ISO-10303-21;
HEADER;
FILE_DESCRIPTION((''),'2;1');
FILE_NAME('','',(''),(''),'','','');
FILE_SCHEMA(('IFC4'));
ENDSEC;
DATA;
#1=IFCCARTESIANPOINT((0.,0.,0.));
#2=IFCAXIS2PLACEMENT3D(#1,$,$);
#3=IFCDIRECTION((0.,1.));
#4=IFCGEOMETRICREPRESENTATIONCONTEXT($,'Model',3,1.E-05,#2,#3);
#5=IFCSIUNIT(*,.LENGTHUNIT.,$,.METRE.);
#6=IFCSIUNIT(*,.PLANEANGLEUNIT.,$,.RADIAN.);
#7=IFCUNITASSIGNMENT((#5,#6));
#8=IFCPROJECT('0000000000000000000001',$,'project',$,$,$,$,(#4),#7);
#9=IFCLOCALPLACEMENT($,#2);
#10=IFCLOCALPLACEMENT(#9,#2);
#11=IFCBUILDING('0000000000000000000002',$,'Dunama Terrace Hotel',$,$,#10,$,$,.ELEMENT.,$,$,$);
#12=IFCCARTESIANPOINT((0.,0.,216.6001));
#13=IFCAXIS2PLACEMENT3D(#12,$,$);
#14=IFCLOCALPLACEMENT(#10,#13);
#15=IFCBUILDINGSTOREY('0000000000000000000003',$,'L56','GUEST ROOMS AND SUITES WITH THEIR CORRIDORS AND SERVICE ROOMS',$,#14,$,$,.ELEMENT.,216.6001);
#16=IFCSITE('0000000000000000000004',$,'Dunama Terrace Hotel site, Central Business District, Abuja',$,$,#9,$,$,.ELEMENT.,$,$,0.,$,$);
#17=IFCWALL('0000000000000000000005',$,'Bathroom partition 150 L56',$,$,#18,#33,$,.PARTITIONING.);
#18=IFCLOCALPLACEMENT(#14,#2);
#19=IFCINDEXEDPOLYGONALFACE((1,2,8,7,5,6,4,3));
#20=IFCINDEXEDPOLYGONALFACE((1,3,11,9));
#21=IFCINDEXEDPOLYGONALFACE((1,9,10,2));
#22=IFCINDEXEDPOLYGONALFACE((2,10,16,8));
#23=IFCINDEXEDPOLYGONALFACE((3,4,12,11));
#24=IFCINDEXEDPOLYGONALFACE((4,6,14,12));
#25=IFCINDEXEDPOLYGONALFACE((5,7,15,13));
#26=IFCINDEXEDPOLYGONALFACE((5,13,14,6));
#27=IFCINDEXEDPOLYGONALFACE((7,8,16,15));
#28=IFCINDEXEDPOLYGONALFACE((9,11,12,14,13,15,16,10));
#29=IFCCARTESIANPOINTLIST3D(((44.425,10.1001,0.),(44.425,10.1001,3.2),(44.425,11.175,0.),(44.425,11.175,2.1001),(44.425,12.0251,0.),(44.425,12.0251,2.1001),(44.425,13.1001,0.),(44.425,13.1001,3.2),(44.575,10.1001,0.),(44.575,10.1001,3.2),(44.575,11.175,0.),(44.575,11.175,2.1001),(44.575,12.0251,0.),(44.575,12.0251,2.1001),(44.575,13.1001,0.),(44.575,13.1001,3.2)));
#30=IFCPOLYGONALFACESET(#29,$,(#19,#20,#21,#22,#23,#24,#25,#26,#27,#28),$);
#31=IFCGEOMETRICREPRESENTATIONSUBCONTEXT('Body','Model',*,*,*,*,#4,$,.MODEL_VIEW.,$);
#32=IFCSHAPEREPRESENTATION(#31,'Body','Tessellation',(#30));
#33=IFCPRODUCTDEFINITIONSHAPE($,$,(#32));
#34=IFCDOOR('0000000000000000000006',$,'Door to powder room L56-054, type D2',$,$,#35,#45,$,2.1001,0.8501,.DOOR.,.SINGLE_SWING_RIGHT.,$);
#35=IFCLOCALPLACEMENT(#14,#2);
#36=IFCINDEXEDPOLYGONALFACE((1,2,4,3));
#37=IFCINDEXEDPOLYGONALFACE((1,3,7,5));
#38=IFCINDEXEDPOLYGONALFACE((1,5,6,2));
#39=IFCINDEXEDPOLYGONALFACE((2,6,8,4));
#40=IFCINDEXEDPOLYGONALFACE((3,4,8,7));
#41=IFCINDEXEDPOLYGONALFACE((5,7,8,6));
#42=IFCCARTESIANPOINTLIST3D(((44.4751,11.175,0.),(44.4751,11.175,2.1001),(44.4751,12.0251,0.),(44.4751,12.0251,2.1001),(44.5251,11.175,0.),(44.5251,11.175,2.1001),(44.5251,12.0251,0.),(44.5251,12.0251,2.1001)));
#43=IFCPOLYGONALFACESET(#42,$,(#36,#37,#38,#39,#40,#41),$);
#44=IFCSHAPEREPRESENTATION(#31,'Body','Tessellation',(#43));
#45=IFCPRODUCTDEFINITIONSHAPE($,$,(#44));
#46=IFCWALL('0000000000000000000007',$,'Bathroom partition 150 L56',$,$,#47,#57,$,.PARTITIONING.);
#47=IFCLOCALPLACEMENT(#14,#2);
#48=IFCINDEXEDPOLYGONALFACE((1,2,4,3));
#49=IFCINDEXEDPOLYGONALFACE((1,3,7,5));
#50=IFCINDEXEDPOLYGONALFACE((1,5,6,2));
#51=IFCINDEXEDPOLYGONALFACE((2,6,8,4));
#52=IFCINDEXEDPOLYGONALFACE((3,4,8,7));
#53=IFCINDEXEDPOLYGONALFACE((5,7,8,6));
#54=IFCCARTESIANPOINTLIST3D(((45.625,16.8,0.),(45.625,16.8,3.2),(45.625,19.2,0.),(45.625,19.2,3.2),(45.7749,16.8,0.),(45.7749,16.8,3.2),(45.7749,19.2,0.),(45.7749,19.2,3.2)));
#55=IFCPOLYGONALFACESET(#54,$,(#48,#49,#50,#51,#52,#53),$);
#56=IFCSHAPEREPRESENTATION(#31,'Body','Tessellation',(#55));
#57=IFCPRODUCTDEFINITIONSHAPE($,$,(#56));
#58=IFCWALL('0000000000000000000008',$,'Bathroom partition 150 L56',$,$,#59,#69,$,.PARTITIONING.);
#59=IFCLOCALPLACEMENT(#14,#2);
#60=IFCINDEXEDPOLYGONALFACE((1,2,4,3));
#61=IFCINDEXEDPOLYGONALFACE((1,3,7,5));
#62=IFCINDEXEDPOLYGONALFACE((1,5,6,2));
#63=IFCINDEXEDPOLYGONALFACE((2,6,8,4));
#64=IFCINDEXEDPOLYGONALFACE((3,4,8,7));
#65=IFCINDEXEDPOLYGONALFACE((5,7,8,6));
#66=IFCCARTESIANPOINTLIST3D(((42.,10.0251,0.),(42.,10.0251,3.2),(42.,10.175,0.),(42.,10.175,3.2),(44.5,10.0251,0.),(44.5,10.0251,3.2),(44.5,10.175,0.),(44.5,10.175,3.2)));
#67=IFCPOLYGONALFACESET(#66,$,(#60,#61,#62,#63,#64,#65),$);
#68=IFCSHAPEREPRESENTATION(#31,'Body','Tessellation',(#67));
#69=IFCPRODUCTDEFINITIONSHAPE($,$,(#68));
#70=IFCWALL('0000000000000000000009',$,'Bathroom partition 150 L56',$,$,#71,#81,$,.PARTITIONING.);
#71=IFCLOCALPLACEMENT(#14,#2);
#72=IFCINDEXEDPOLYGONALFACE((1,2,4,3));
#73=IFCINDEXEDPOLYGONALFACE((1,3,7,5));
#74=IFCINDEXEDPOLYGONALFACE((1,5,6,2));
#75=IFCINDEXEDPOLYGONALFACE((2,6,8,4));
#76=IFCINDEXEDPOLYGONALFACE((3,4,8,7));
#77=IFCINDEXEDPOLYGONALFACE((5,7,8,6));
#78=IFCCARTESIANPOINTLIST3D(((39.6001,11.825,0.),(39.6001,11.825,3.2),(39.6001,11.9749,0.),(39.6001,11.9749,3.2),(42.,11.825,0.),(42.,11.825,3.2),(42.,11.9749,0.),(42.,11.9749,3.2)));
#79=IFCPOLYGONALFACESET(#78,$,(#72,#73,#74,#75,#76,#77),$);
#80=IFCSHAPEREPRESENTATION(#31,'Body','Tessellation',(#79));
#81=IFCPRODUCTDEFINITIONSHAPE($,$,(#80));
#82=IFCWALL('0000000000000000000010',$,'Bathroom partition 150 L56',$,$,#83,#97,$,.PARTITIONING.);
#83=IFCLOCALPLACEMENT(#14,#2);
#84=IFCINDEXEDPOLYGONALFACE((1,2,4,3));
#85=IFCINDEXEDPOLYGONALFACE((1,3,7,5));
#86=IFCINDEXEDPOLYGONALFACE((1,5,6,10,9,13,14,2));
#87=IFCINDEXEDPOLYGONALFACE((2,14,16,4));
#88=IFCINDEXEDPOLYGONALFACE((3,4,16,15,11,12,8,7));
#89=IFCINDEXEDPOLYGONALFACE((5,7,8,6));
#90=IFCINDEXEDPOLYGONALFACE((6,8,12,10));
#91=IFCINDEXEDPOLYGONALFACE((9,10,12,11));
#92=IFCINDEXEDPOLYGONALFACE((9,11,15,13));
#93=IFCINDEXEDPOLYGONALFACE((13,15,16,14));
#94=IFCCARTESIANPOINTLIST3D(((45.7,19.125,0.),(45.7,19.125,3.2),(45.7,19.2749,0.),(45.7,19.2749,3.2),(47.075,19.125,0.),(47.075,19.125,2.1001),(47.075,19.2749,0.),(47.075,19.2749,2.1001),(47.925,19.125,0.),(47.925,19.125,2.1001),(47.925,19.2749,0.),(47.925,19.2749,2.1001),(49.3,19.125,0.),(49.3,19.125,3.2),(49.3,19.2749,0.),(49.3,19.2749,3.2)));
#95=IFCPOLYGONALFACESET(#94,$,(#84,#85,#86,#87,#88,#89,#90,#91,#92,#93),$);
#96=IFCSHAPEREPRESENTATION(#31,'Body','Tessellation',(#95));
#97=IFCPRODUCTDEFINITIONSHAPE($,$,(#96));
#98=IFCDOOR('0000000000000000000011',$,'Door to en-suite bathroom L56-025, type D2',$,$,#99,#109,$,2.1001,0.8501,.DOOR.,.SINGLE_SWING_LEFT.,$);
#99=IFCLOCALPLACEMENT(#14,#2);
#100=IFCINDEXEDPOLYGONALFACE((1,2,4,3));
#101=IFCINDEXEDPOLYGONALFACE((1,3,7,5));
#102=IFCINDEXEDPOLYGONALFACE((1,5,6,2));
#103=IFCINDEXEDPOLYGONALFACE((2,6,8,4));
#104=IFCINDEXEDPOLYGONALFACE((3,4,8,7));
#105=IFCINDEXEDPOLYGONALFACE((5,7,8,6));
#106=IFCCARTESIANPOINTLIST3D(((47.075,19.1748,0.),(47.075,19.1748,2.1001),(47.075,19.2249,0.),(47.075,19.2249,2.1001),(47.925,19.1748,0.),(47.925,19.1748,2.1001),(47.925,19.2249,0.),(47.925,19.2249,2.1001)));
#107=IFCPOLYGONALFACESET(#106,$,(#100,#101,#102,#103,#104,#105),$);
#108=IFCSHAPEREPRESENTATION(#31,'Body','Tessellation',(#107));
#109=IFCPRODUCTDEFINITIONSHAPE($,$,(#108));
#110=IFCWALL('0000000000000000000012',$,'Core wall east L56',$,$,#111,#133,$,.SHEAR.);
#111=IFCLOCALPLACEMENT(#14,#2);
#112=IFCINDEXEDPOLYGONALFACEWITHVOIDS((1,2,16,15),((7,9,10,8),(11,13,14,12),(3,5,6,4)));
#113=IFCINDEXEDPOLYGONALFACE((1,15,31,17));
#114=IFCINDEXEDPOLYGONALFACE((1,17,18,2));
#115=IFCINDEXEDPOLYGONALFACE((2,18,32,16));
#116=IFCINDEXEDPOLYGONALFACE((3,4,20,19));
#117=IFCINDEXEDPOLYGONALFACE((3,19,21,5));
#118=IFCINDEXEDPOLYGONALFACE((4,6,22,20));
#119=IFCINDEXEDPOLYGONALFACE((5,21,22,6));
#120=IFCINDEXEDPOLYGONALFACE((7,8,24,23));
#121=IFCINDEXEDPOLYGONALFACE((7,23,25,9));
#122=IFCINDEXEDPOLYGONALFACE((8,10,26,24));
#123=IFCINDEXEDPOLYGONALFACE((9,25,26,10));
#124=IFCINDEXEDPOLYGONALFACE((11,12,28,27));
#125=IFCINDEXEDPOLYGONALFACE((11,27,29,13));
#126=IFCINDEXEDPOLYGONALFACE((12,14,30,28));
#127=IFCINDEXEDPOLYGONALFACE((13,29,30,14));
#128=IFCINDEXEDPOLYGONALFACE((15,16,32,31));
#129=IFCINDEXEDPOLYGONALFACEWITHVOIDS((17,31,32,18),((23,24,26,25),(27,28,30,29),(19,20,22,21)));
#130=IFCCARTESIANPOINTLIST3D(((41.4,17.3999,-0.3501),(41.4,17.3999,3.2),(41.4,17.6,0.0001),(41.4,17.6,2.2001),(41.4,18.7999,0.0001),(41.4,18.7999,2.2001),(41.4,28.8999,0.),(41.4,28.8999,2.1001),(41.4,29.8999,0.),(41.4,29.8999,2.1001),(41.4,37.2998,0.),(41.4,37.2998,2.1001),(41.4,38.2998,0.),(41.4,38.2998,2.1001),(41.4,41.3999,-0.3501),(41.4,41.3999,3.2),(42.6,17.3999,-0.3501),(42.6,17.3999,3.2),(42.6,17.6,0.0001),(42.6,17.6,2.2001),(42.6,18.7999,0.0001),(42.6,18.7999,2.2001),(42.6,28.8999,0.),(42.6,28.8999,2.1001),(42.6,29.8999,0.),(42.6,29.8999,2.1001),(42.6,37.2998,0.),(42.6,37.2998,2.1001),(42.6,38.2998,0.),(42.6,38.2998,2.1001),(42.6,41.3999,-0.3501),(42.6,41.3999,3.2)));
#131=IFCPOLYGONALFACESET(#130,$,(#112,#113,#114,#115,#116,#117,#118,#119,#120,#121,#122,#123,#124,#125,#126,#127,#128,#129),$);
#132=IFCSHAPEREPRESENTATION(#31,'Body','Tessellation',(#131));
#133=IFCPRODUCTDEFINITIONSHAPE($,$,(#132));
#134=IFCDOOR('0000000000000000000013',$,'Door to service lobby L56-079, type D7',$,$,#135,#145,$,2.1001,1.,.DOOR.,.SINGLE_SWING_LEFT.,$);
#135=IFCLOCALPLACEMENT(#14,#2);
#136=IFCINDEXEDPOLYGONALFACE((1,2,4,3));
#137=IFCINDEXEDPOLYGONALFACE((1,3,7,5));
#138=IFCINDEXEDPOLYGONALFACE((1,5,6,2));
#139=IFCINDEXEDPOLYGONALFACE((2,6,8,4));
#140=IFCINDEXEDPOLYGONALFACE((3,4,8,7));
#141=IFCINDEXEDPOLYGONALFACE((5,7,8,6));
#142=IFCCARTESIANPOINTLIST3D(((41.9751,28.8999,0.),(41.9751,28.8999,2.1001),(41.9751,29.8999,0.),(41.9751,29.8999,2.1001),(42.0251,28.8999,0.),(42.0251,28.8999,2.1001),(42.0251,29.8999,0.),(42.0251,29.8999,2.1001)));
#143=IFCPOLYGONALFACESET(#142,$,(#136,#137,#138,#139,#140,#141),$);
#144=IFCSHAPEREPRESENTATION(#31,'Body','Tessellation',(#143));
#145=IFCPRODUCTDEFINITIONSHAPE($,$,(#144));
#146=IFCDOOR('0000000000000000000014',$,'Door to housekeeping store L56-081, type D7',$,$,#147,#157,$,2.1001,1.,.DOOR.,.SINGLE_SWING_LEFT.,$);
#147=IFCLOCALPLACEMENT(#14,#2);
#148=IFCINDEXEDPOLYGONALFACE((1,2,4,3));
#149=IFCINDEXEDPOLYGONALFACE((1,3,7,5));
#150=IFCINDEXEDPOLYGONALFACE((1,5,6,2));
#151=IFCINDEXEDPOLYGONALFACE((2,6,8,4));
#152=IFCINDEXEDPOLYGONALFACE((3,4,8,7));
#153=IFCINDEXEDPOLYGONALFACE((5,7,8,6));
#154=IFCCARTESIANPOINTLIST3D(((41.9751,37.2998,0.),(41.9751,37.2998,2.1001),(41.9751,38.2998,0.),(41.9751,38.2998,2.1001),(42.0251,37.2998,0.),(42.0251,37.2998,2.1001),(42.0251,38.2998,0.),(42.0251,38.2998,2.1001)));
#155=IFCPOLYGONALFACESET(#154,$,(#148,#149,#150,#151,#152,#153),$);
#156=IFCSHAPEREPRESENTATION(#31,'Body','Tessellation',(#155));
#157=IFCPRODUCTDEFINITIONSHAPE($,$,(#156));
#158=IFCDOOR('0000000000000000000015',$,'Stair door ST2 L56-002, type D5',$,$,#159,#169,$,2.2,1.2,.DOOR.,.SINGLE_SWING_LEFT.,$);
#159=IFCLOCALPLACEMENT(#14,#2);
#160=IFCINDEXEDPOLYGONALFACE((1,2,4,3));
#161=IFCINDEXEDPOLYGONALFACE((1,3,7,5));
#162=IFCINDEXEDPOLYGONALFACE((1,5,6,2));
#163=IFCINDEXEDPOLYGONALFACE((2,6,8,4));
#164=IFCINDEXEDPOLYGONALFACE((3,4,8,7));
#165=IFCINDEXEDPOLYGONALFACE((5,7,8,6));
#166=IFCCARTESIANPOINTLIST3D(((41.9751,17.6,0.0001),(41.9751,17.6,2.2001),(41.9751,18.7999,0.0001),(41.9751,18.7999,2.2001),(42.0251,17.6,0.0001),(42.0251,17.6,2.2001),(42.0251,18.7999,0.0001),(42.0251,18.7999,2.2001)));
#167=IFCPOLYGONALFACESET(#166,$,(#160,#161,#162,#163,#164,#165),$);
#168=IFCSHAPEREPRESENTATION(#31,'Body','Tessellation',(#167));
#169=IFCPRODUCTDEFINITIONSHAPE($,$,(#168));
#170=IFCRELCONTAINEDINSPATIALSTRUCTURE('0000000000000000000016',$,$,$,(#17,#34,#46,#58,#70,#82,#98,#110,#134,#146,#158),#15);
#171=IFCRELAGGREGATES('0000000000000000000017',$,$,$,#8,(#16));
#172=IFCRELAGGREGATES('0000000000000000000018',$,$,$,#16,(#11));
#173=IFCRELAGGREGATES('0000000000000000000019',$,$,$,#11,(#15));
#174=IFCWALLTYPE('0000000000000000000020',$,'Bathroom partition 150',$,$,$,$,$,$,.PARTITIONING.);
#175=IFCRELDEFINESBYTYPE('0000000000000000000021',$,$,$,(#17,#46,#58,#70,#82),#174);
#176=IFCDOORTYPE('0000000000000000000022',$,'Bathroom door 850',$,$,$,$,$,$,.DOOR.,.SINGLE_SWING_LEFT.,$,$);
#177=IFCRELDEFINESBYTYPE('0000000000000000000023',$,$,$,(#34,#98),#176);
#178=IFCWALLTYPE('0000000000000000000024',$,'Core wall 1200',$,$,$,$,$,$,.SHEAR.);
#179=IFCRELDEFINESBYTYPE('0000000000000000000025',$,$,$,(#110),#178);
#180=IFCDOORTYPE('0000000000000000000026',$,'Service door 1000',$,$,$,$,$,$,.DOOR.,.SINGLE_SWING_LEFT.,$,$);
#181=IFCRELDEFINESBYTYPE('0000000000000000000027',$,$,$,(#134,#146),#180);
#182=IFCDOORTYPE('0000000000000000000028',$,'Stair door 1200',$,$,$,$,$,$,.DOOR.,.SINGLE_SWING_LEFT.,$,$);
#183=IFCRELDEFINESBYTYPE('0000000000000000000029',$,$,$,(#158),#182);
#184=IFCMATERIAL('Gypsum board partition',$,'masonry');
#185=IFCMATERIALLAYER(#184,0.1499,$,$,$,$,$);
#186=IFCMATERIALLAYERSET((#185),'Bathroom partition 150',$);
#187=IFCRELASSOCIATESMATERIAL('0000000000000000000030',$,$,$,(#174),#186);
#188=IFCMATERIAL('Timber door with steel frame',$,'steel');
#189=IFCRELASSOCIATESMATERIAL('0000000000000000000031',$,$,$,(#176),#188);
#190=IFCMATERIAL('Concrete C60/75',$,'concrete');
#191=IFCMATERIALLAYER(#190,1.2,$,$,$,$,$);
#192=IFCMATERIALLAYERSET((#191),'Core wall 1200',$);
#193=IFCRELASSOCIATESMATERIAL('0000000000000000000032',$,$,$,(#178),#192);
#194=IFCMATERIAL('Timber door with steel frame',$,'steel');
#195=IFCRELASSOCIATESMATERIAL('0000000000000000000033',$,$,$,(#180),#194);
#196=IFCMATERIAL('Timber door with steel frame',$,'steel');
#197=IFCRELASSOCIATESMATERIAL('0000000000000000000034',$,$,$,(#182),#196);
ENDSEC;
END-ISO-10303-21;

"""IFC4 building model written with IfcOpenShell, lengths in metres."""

from ifc_helpers import new_model, si_unit, direction, frame, frame_2d, origin, place, context, subcontext, project, spatial, rectangle, extrude, material, layer, layer_set, type_object, element, fill, save


model = new_model("IFC4")

# Units and contexts
model_context = context("Model", 3, precision=1e-05, world=origin(), true_north=direction((0.0, 1.0)))
body_context = subcontext(model_context, "Body", "Model", "MODEL_VIEW")
ifc_project = project(units=[si_unit("LENGTHUNIT", "METRE"), si_unit("PLANEANGLEUNIT", "RADIAN")], contexts=[model_context])

# Site, building, storey
site_placement = place(None, origin())
site = spatial("IfcSite", under=ifc_project, at=site_placement, Name="Dunama Terrace Hotel site, Central Business District, Abuja", CompositionType="ELEMENT", RefElevation=0.0)
building_placement = place(site_placement, origin())
building = spatial("IfcBuilding", under=site, at=building_placement, Name="Dunama Terrace Hotel", CompositionType="ELEMENT")
storey_placement = place(building_placement, frame((0.0, 0.0, 216.6001)))
storey = spatial("IfcBuildingStorey", under=building, at=storey_placement, Name="L56", Description="GUEST ROOMS AND SUITES WITH THEIR CORRIDORS AND SERVICE ROOMS", CompositionType="ELEMENT", Elevation=216.6001)

# Wall, opening, door
ifc_material_1 = material(Name="Gypsum board partition", Category="masonry")
ifc_layer_1 = layer(ifc_material_1, 0.1499)
ifc_layer_set_1 = layer_set([ifc_layer_1], Name="Bathroom partition 150")
wall_type_1 = type_object("IfcWallType", Name="Bathroom partition 150", PredefinedType="PARTITIONING", material=ifc_layer_set_1)
wall_1_placement = place(storey_placement, frame((44.5, 10.1001, 0.0), z_axis=(0.0, 0.0, 1.0), x_axis=(0.0, 1.0, 0.0)))
wall_1 = element("IfcWall", 1, at=wall_1_placement, inside=storey, type_object=wall_type_1, Name="Bathroom partition 150 L56", PredefinedType="PARTITIONING", context=body_context, shape_type="SweptSolid", body=[
    extrude(rectangle(XDim=3.0, YDim=0.1499, at=frame_2d((1.5, 0.0))), origin(), (0.0, 0.0, 1.0), 3.2),
])
opening_1_placement = place(wall_1_placement, frame((1.075, 0.0, 0.0)))
opening_1 = element("IfcOpeningElement", 2, at=opening_1_placement, cuts=wall_1, PredefinedType="OPENING", context=body_context, shape_type="SweptSolid", body=[
    extrude(rectangle(XDim=0.8501, YDim=2.1001, at=frame_2d((0.425, 1.05))), frame((0.0, 0.085, 0.0), z_axis=(0.0, -1.0, 0.0), x_axis=(1.0, 0.0, 0.0)), (0.0, 0.0, 1.0), 0.1699),
])
ifc_material_2 = material(Name="Timber door with steel frame", Category="steel")
door_type_1 = type_object("IfcDoorType", Name="Bathroom door 850", OperationType="SINGLE_SWING_LEFT", PredefinedType="DOOR", material=ifc_material_2)
door_1_placement = place(opening_1_placement, origin())
door_1 = element("IfcDoor", 3, at=door_1_placement, inside=storey, type_object=door_type_1, Name="Door to powder room L56-054, type D2", OperationType="SINGLE_SWING_RIGHT", OverallHeight=2.1001, OverallWidth=0.8501, PredefinedType="DOOR", context=body_context, shape_type="SweptSolid", body=[
    extrude(rectangle(XDim=0.8501, YDim=2.1001, at=frame_2d((0.425, 1.05))), frame((0.0, 0.0249, 0.0), z_axis=(0.0, -1.0, 0.0), x_axis=(1.0, 0.0, 0.0)), (0.0, 0.0, 1.0), 0.05),
])
fill(opening_1, door_1)

# Walls
wall_2_placement = place(storey_placement, frame((45.7, 16.8, 0.0), z_axis=(0.0, 0.0, 1.0), x_axis=(0.0, 1.0, 0.0)))
element("IfcWall", 4, at=wall_2_placement, inside=storey, type_object=wall_type_1, Name="Bathroom partition 150 L56", PredefinedType="PARTITIONING", context=body_context, shape_type="SweptSolid", body=[
    extrude(rectangle(XDim=2.3999, YDim=0.1499, at=frame_2d((1.2, 0.0))), origin(), (0.0, 0.0, 1.0), 3.2),
])
wall_3_placement = place(storey_placement, frame((42.0, 10.1001, 0.0), z_axis=(0.0, 0.0, 1.0), x_axis=(1.0, 0.0, 0.0)))
element("IfcWall", 5, at=wall_3_placement, inside=storey, type_object=wall_type_1, Name="Bathroom partition 150 L56", PredefinedType="PARTITIONING", context=body_context, shape_type="SweptSolid", body=[
    extrude(rectangle(XDim=2.5, YDim=0.1499, at=frame_2d((1.25, 0.0))), origin(), (0.0, 0.0, 1.0), 3.2),
])
wall_4_placement = place(storey_placement, frame((39.6001, 11.8999, 0.0), z_axis=(0.0, 0.0, 1.0), x_axis=(1.0, 0.0, 0.0)))
element("IfcWall", 6, at=wall_4_placement, inside=storey, type_object=wall_type_1, Name="Bathroom partition 150 L56", PredefinedType="PARTITIONING", context=body_context, shape_type="SweptSolid", body=[
    extrude(rectangle(XDim=2.3999, YDim=0.1499, at=frame_2d((1.2, 0.0))), origin(), (0.0, 0.0, 1.0), 3.2),
])

# Wall, opening, door
wall_5_placement = place(storey_placement, frame((45.7, 19.2, 0.0), z_axis=(0.0, 0.0, 1.0), x_axis=(1.0, 0.0, 0.0)))
wall_5 = element("IfcWall", 7, at=wall_5_placement, inside=storey, type_object=wall_type_1, Name="Bathroom partition 150 L56", PredefinedType="PARTITIONING", context=body_context, shape_type="SweptSolid", body=[
    extrude(rectangle(XDim=3.6001, YDim=0.1499, at=frame_2d((1.8, 0.0))), origin(), (0.0, 0.0, 1.0), 3.2),
])
opening_2_placement = place(wall_5_placement, frame((1.375, 0.0, 0.0)))
opening_2 = element("IfcOpeningElement", 8, at=opening_2_placement, cuts=wall_5, PredefinedType="OPENING", context=body_context, shape_type="SweptSolid", body=[
    extrude(rectangle(XDim=0.8501, YDim=2.1001, at=frame_2d((0.425, 1.05))), frame((0.0, 0.085, 0.0), z_axis=(0.0, -1.0, 0.0), x_axis=(1.0, 0.0, 0.0)), (0.0, 0.0, 1.0), 0.1699),
])
door_2_placement = place(opening_2_placement, frame((0.8501, 0.0, 0.0), z_axis=(0.0, 0.0, 1.0), x_axis=(-1.0, 0.0, 0.0)))
door_2 = element("IfcDoor", 9, at=door_2_placement, inside=storey, type_object=door_type_1, Name="Door to en-suite bathroom L56-025, type D2", OperationType="SINGLE_SWING_LEFT", OverallHeight=2.1001, OverallWidth=0.8501, PredefinedType="DOOR", context=body_context, shape_type="SweptSolid", body=[
    extrude(rectangle(XDim=0.8501, YDim=2.1001, at=frame_2d((0.425, 1.05))), frame((0.0, 0.0251, 0.0), z_axis=(0.0, -1.0, 0.0), x_axis=(1.0, 0.0, 0.0)), (0.0, 0.0, 1.0), 0.05),
])
fill(opening_2, door_2)

# Wall, openings, doors
ifc_material_3 = material(Name="Concrete C60/75", Category="concrete")
ifc_layer_2 = layer(ifc_material_3, 1.2)
ifc_layer_set_2 = layer_set([ifc_layer_2], Name="Core wall 1200")
wall_type_2 = type_object("IfcWallType", Name="Core wall 1200", PredefinedType="SHEAR", material=ifc_layer_set_2)
wall_6_placement = place(storey_placement, frame((42.0, 17.3999, -0.3501), z_axis=(0.0, 0.0, 1.0), x_axis=(0.0, 1.0, 0.0)))
wall_6 = element("IfcWall", 10, at=wall_6_placement, inside=storey, type_object=wall_type_2, Name="Core wall east L56", PredefinedType="SHEAR", context=body_context, shape_type="SweptSolid", body=[
    extrude(rectangle(XDim=24.0, YDim=1.2, at=frame_2d((12.0, 0.0))), origin(), (0.0, 0.0, 1.0), 3.55),
])
opening_3_placement = place(wall_6_placement, frame((0.2, 0.0, 0.3501)))
opening_3 = element("IfcOpeningElement", 11, at=opening_3_placement, cuts=wall_6, PredefinedType="OPENING", context=body_context, shape_type="SweptSolid", body=[
    extrude(rectangle(XDim=1.2, YDim=2.2, at=frame_2d((0.6001, 1.1001))), frame((0.0, 0.6099, 0.0), z_axis=(0.0, -1.0, 0.0), x_axis=(1.0, 0.0, 0.0)), (0.0, 0.0, 1.0), 1.22),
])
opening_4_placement = place(wall_6_placement, frame((11.5, 0.0, 0.3501)))
opening_4 = element("IfcOpeningElement", 12, at=opening_4_placement, cuts=wall_6, PredefinedType="OPENING", context=body_context, shape_type="SweptSolid", body=[
    extrude(rectangle(XDim=1.0, YDim=2.1001, at=frame_2d((0.5, 1.05))), frame((0.0, 0.6099, 0.0), z_axis=(0.0, -1.0, 0.0), x_axis=(1.0, 0.0, 0.0)), (0.0, 0.0, 1.0), 1.22),
])
opening_5_placement = place(wall_6_placement, frame((19.8999, 0.0, 0.3501)))
opening_5 = element("IfcOpeningElement", 13, at=opening_5_placement, cuts=wall_6, PredefinedType="OPENING", context=body_context, shape_type="SweptSolid", body=[
    extrude(rectangle(XDim=1.0, YDim=2.1001, at=frame_2d((0.5, 1.05))), frame((0.0, 0.6099, 0.0), z_axis=(0.0, -1.0, 0.0), x_axis=(1.0, 0.0, 0.0)), (0.0, 0.0, 1.0), 1.22),
])
ifc_material_4 = material(Name="Timber door with steel frame", Category="steel")
door_type_2 = type_object("IfcDoorType", Name="Service door 1000", OperationType="SINGLE_SWING_LEFT", PredefinedType="DOOR", material=ifc_material_4)
door_3_placement = place(opening_4_placement, origin())
door_3 = element("IfcDoor", 14, at=door_3_placement, inside=storey, type_object=door_type_2, Name="Door to service lobby L56-079, type D7", OperationType="SINGLE_SWING_LEFT", OverallHeight=2.1001, OverallWidth=1.0, PredefinedType="DOOR", context=body_context, shape_type="SweptSolid", body=[
    extrude(rectangle(XDim=1.0, YDim=2.1001, at=frame_2d((0.5, 1.05))), frame((0.0, 0.0249, 0.0), z_axis=(0.0, -1.0, 0.0), x_axis=(1.0, 0.0, 0.0)), (0.0, 0.0, 1.0), 0.05),
])
fill(opening_4, door_3)
door_4_placement = place(opening_5_placement, origin())
door_4 = element("IfcDoor", 15, at=door_4_placement, inside=storey, type_object=door_type_2, Name="Door to housekeeping store L56-081, type D7", OperationType="SINGLE_SWING_LEFT", OverallHeight=2.1001, OverallWidth=1.0, PredefinedType="DOOR", context=body_context, shape_type="SweptSolid", body=[
    extrude(rectangle(XDim=1.0, YDim=2.1001, at=frame_2d((0.5, 1.05))), frame((0.0, 0.0249, 0.0), z_axis=(0.0, -1.0, 0.0), x_axis=(1.0, 0.0, 0.0)), (0.0, 0.0, 1.0), 0.05),
])
fill(opening_5, door_4)
ifc_material_5 = material(Name="Timber door with steel frame", Category="steel")
door_type_3 = type_object("IfcDoorType", Name="Stair door 1200", OperationType="SINGLE_SWING_LEFT", PredefinedType="DOOR", material=ifc_material_5)
door_5_placement = place(opening_3_placement, origin())
door_5 = element("IfcDoor", 16, at=door_5_placement, inside=storey, type_object=door_type_3, Name="Stair door ST2 L56-002, type D5", OperationType="SINGLE_SWING_LEFT", OverallHeight=2.2, OverallWidth=1.2, PredefinedType="DOOR", context=body_context, shape_type="SweptSolid", body=[
    extrude(rectangle(XDim=1.2, YDim=2.2, at=frame_2d((0.6001, 1.1001))), frame((0.0, 0.0249, 0.0), z_axis=(0.0, -1.0, 0.0), x_axis=(1.0, 0.0, 0.0)), (0.0, 0.0, 1.0), 0.05),
])
fill(opening_3, door_5)

save(model, "model.ifc")
